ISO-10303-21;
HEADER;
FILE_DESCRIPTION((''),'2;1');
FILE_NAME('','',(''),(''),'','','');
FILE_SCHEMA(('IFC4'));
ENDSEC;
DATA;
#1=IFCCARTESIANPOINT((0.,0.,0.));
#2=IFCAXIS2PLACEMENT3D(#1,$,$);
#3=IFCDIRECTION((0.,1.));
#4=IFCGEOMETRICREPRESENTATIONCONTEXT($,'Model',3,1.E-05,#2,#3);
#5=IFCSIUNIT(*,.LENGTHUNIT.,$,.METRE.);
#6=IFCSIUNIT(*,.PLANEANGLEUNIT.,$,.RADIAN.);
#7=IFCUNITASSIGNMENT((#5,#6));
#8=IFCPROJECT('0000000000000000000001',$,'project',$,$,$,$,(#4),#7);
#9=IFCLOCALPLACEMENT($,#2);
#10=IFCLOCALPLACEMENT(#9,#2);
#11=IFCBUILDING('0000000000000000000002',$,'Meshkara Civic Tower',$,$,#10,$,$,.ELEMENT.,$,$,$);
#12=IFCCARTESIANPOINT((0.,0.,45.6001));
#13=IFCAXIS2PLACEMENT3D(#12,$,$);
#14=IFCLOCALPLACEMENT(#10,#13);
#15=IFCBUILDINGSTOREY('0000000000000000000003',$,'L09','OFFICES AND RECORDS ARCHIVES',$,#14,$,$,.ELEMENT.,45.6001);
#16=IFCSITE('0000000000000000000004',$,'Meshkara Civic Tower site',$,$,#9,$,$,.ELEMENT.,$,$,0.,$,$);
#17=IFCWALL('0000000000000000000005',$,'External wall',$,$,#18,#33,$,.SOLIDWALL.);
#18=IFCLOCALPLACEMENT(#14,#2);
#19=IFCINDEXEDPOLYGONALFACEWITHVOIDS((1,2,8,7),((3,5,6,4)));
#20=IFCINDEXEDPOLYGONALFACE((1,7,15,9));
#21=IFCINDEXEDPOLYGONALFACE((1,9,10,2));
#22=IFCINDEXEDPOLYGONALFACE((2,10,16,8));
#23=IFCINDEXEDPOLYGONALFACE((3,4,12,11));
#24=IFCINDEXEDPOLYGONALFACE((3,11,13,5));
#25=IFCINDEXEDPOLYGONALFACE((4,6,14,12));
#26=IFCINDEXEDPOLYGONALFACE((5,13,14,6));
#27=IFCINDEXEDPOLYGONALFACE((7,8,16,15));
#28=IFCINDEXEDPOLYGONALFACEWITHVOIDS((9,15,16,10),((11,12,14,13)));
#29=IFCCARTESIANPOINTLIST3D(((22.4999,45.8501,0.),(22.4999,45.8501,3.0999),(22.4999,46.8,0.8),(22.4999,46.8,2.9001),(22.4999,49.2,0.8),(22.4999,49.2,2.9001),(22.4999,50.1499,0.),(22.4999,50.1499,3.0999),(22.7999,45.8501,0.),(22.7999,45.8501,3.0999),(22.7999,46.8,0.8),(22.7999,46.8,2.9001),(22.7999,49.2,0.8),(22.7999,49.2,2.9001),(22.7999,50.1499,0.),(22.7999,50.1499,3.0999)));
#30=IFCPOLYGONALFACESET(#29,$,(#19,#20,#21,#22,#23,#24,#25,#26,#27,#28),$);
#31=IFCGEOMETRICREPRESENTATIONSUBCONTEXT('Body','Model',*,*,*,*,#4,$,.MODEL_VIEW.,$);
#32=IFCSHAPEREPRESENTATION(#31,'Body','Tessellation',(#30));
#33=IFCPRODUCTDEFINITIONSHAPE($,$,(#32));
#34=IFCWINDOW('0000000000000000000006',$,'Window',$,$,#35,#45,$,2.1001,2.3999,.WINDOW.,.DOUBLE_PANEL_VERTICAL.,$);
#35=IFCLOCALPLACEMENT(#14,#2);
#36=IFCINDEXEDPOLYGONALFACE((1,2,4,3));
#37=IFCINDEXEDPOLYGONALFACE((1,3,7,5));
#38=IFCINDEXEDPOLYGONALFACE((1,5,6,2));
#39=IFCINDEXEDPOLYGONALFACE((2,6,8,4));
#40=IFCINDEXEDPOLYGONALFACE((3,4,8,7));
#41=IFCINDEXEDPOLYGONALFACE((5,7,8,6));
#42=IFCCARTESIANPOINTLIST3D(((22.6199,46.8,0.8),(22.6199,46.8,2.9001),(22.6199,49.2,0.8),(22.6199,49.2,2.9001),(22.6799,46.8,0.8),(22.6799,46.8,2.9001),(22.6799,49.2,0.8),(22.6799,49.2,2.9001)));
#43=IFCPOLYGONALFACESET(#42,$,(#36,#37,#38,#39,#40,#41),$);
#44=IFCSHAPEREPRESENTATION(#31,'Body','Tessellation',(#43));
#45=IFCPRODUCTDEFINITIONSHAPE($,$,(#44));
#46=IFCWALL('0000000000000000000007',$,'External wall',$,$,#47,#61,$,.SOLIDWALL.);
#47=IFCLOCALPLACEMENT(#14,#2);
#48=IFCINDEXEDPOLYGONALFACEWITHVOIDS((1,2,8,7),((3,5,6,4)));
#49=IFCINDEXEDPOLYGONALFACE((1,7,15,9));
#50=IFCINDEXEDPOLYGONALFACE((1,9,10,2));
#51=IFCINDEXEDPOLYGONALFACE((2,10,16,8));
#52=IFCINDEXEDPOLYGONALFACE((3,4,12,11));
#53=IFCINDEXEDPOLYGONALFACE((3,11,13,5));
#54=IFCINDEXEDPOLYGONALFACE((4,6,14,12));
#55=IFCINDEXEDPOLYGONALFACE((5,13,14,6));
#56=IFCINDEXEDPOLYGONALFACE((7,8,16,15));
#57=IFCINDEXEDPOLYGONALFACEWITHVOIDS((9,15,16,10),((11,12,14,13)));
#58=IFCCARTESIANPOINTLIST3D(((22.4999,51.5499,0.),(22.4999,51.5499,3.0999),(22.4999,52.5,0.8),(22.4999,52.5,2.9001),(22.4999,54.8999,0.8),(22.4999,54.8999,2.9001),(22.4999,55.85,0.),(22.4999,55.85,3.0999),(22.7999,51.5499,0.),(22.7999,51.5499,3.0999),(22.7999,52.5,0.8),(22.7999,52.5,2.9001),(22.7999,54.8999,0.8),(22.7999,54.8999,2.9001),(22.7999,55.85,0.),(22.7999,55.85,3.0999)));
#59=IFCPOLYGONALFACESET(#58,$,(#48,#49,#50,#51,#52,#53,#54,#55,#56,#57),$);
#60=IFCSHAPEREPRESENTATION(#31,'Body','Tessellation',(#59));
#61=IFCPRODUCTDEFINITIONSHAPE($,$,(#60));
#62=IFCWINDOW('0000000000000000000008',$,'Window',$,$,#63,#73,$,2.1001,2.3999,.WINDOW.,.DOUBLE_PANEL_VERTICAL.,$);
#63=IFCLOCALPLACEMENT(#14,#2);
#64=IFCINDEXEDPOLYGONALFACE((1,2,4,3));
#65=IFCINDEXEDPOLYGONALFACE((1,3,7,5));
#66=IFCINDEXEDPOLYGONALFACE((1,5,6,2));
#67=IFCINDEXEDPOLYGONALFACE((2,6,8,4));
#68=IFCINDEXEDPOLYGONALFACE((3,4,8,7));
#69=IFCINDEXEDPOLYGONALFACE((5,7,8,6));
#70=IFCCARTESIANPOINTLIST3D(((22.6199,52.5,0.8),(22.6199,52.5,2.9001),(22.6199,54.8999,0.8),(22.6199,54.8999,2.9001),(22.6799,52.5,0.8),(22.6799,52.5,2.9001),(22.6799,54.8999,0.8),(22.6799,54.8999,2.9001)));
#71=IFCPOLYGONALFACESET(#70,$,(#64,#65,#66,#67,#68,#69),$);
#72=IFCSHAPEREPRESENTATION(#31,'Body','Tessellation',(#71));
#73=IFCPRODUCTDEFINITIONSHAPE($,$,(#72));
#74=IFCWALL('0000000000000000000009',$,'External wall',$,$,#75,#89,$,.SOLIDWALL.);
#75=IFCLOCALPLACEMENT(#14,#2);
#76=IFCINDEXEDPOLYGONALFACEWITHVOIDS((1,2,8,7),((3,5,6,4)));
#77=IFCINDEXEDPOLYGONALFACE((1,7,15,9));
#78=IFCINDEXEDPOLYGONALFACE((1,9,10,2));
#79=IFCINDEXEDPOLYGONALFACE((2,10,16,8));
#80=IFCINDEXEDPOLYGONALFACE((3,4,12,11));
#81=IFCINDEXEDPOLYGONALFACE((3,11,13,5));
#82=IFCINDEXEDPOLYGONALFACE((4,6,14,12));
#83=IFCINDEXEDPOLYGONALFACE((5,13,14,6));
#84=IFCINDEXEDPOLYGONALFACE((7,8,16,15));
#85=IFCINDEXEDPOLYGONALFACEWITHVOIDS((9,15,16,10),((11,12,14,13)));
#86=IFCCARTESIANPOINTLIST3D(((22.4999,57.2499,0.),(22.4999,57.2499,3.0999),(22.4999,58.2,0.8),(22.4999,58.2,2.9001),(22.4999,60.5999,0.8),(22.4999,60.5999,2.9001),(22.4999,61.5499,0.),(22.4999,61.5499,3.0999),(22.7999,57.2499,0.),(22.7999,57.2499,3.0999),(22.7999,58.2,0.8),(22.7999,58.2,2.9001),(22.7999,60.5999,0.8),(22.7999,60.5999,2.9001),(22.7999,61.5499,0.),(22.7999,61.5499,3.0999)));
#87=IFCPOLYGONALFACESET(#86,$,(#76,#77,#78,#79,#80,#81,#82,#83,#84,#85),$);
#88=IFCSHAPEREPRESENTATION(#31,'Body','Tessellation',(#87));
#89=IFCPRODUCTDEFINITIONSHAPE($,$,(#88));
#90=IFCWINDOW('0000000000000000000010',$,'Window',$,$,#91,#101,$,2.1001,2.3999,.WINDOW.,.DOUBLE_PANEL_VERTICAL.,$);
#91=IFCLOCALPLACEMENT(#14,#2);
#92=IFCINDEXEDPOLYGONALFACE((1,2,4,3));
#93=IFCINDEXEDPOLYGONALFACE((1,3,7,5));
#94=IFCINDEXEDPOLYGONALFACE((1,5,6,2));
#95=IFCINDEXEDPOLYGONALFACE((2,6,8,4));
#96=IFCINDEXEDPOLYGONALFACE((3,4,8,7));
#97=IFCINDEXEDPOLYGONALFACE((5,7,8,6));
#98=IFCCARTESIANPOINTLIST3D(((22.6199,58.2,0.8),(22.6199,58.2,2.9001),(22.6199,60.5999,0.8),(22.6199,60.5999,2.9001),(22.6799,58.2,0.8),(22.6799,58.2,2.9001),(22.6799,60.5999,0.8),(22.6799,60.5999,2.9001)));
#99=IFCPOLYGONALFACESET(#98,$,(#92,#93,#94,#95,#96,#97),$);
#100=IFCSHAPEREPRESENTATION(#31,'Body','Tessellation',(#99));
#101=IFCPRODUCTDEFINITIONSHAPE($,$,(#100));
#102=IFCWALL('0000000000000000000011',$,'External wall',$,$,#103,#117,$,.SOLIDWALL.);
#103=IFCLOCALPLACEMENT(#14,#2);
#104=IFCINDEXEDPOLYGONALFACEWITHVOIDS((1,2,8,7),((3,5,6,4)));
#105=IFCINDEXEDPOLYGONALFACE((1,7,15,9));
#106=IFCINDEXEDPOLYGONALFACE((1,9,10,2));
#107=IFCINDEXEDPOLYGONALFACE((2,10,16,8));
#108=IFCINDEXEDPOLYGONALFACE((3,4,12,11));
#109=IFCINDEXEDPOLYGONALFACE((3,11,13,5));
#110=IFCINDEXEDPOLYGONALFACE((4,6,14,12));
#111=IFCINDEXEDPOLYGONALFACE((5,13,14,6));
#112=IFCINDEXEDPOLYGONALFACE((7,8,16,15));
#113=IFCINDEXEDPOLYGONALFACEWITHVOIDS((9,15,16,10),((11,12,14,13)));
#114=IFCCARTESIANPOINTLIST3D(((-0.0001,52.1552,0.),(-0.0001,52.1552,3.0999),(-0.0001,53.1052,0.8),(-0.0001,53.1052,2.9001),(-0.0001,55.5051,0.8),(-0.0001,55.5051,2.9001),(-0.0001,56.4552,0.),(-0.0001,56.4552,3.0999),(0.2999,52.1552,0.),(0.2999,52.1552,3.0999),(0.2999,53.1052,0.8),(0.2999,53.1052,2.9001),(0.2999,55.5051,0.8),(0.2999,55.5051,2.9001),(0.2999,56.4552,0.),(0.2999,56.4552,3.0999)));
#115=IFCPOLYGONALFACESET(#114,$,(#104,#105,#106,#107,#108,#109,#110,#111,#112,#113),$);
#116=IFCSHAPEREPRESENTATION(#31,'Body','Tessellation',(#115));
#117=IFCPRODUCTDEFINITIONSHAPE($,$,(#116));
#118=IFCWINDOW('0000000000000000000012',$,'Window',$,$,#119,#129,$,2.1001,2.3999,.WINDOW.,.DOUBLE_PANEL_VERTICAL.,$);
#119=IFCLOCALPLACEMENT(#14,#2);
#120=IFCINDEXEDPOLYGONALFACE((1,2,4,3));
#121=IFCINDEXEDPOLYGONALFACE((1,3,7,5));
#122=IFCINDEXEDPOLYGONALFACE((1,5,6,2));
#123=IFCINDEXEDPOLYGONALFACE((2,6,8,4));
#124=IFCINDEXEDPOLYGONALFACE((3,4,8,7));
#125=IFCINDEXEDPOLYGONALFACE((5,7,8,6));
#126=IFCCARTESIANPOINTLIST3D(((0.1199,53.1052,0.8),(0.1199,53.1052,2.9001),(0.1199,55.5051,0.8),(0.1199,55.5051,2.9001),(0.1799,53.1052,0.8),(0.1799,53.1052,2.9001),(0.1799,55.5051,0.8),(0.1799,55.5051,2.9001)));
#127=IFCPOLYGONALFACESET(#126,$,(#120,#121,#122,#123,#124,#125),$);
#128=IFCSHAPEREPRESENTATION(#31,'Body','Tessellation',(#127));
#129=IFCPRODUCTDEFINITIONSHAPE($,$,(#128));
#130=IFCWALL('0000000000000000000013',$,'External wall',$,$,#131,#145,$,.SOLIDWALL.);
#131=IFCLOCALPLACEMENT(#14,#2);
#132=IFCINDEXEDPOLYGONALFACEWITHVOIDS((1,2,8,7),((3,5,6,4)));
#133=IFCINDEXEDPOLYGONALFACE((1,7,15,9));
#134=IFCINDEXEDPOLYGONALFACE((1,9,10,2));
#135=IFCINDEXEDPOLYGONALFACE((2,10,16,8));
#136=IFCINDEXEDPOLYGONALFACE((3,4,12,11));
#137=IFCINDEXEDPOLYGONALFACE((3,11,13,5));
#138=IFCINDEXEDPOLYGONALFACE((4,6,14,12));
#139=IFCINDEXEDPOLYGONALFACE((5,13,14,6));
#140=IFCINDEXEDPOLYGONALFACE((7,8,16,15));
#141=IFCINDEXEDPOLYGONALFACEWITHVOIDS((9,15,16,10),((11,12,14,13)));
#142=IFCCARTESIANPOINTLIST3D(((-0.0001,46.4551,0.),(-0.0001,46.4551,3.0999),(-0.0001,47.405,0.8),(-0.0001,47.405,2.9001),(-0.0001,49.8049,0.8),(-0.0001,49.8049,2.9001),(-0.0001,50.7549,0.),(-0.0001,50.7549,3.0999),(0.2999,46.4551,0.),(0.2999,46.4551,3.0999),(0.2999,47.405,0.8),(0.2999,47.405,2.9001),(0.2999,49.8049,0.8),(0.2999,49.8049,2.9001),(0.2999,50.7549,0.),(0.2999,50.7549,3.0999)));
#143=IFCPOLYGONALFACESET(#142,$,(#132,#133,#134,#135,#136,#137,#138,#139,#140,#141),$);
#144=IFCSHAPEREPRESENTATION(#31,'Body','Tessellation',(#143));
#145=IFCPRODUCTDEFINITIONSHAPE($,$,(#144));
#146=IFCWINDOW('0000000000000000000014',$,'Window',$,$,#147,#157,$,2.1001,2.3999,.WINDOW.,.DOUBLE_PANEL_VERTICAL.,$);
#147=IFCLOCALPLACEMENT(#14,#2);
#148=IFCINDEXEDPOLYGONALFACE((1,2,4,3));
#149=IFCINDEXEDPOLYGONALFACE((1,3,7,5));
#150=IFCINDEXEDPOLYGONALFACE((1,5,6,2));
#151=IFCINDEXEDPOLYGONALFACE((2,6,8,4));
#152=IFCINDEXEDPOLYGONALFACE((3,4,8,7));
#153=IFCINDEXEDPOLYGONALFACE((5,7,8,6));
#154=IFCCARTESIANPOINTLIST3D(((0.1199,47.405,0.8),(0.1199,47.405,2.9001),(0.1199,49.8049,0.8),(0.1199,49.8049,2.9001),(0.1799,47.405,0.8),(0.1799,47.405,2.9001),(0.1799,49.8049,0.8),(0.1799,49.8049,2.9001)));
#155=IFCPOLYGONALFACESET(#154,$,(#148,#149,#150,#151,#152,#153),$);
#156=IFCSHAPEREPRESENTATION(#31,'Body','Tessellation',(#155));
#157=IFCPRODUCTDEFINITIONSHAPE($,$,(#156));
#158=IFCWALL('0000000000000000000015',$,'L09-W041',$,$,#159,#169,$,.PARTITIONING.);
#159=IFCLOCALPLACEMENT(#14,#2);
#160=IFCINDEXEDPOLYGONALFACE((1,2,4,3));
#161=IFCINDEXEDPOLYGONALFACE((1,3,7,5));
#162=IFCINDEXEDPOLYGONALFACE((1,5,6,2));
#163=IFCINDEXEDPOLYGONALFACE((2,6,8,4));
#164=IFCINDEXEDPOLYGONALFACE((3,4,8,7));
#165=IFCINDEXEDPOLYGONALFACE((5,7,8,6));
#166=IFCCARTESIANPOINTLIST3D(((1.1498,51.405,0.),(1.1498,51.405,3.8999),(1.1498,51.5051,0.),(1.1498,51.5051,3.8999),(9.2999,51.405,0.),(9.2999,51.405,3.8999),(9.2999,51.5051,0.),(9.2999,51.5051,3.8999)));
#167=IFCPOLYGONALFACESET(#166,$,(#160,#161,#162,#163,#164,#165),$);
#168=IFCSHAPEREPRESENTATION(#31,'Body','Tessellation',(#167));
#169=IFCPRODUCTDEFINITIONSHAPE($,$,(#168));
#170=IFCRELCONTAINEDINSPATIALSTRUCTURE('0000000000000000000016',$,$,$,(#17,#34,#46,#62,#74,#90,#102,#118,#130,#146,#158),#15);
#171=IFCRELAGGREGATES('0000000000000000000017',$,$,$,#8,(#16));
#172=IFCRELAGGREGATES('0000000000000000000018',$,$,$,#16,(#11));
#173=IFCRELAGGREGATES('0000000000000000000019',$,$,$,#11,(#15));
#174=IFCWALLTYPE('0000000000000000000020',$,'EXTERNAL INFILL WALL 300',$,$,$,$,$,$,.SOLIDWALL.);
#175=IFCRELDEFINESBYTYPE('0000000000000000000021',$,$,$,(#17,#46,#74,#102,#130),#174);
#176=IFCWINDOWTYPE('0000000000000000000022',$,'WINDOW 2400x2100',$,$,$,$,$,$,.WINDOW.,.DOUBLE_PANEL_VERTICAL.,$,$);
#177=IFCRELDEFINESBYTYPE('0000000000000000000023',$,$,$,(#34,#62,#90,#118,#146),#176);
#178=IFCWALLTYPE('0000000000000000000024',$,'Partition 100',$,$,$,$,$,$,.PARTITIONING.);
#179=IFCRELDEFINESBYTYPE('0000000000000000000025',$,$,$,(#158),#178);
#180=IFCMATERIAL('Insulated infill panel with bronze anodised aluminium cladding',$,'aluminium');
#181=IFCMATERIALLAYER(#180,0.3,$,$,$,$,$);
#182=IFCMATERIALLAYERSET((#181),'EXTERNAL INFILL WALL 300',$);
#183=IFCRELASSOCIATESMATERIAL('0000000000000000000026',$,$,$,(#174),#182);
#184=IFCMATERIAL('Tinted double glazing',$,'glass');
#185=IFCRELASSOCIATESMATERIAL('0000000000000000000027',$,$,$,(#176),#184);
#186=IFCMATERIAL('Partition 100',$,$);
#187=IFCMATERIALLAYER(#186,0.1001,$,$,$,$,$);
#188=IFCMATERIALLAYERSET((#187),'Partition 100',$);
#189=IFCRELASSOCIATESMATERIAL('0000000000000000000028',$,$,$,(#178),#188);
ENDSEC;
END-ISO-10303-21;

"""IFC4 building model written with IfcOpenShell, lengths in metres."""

from ifc_helpers import new_model, si_unit, direction, frame, frame_2d, origin, place, context, subcontext, project, spatial, rectangle, extrude, material, layer, layer_set, type_object, element, fill, save


model = new_model("IFC4")

# Units and contexts
model_context = context("Model", 3, precision=1e-05, world=origin(), true_north=direction((0.0, 1.0)))
body_context = subcontext(model_context, "Body", "Model", "MODEL_VIEW")
ifc_project = project(units=[si_unit("LENGTHUNIT", "METRE"), si_unit("PLANEANGLEUNIT", "RADIAN")], contexts=[model_context])

# Site, building, storey
site_placement = place(None, origin())
site = spatial("IfcSite", under=ifc_project, at=site_placement, Name="Meshkara Civic Tower site", CompositionType="ELEMENT", RefElevation=0.0)
building_placement = place(site_placement, origin())
building = spatial("IfcBuilding", under=site, at=building_placement, Name="Meshkara Civic Tower", CompositionType="ELEMENT")
storey_placement = place(building_placement, frame((0.0, 0.0, 45.6001)))
storey = spatial("IfcBuildingStorey", under=building, at=storey_placement, Name="L09", Description="OFFICES AND RECORDS ARCHIVES", CompositionType="ELEMENT", Elevation=45.6001)

# Walls, openings, windows
ifc_material_1 = material(Name="Insulated infill panel with bronze anodised aluminium cladding", Category="aluminium")
ifc_layer_1 = layer(ifc_material_1, 0.3)
ifc_layer_set_1 = layer_set([ifc_layer_1], Name="EXTERNAL INFILL WALL 300")
wall_type_1 = type_object("IfcWallType", Name="EXTERNAL INFILL WALL 300", PredefinedType="SOLIDWALL", material=ifc_layer_set_1)
wall_1_placement = place(storey_placement, frame((22.6499, 45.8501, 0.0), z_axis=(0.0, 0.0, 1.0), x_axis=(0.0, 1.0, 0.0)))
wall_1 = element("IfcWall", 1, at=wall_1_placement, inside=storey, type_object=wall_type_1, Name="External wall", PredefinedType="SOLIDWALL", context=body_context, shape_type="SweptSolid", body=[
    extrude(rectangle(XDim=4.2998, YDim=0.3, at=frame_2d((2.1499, 0.0))), origin(), (0.0, 0.0, 1.0), 3.0999),
])
opening_1_placement = place(wall_1_placement, frame((0.95, 0.0, 0.8)))
opening_1 = element("IfcOpeningElement", 2, at=opening_1_placement, cuts=wall_1, PredefinedType="OPENING", context=body_context, shape_type="SweptSolid", body=[
    extrude(rectangle(XDim=2.3999, YDim=2.1001, at=frame_2d((1.2, 1.05))), frame((0.0, 0.1599, 0.0), z_axis=(0.0, -1.0, 0.0), x_axis=(1.0, 0.0, 0.0)), (0.0, 0.0, 1.0), 0.3201),
])
ifc_material_2 = material(Name="Tinted double glazing", Category="glass")
window_type = type_object("IfcWindowType", Name="WINDOW 2400x2100", PartitioningType="DOUBLE_PANEL_VERTICAL", PredefinedType="WINDOW", material=ifc_material_2)
window_1_placement = place(opening_1_placement, origin())
window_1 = element("IfcWindow", 3, at=window_1_placement, inside=storey, type_object=window_type, Name="Window", OverallHeight=2.1001, OverallWidth=2.3999, PartitioningType="DOUBLE_PANEL_VERTICAL", PredefinedType="WINDOW", context=body_context, shape_type="SweptSolid", body=[
    extrude(rectangle(XDim=2.3999, YDim=2.1001, at=frame_2d((1.2, 1.05))), frame((0.0, 0.03, 0.0), z_axis=(0.0, -1.0, 0.0), x_axis=(1.0, 0.0, 0.0)), (0.0, 0.0, 1.0), 0.0601),
])
fill(opening_1, window_1)
wall_2_placement = place(storey_placement, frame((22.6499, 51.55, 0.0), z_axis=(0.0, 0.0, 1.0), x_axis=(0.0, 1.0, 0.0)))
wall_2 = element("IfcWall", 4, at=wall_2_placement, inside=storey, type_object=wall_type_1, Name="External wall", PredefinedType="SOLIDWALL", context=body_context, shape_type="SweptSolid", body=[
    extrude(rectangle(XDim=4.3, YDim=0.3, at=frame_2d((2.1499, 0.0))), origin(), (0.0, 0.0, 1.0), 3.0999),
])
opening_2_placement = place(wall_2_placement, frame((0.95, 0.0, 0.8)))
opening_2 = element("IfcOpeningElement", 5, at=opening_2_placement, cuts=wall_2, PredefinedType="OPENING", context=body_context, shape_type="SweptSolid", body=[
    extrude(rectangle(XDim=2.3999, YDim=2.1001, at=frame_2d((1.2, 1.05))), frame((0.0, 0.1599, 0.0), z_axis=(0.0, -1.0, 0.0), x_axis=(1.0, 0.0, 0.0)), (0.0, 0.0, 1.0), 0.3201),
])
window_2_placement = place(opening_2_placement, origin())
window_2 = element("IfcWindow", 6, at=window_2_placement, inside=storey, type_object=window_type, Name="Window", OverallHeight=2.1001, OverallWidth=2.3999, PartitioningType="DOUBLE_PANEL_VERTICAL", PredefinedType="WINDOW", context=body_context, shape_type="SweptSolid", body=[
    extrude(rectangle(XDim=2.3999, YDim=2.1001, at=frame_2d((1.2, 1.05))), frame((0.0, 0.03, 0.0), z_axis=(0.0, -1.0, 0.0), x_axis=(1.0, 0.0, 0.0)), (0.0, 0.0, 1.0), 0.0601),
])
fill(opening_2, window_2)
wall_3_placement = place(storey_placement, frame((22.6499, 57.25, 0.0), z_axis=(0.0, 0.0, 1.0), x_axis=(0.0, 1.0, 0.0)))
wall_3 = element("IfcWall", 7, at=wall_3_placement, inside=storey, type_object=wall_type_1, Name="External wall", PredefinedType="SOLIDWALL", context=body_context, shape_type="SweptSolid", body=[
    extrude(rectangle(XDim=4.3, YDim=0.3, at=frame_2d((2.1499, 0.0))), origin(), (0.0, 0.0, 1.0), 3.0999),
])
opening_3_placement = place(wall_3_placement, frame((0.95, 0.0, 0.8)))
opening_3 = element("IfcOpeningElement", 8, at=opening_3_placement, cuts=wall_3, PredefinedType="OPENING", context=body_context, shape_type="SweptSolid", body=[
    extrude(rectangle(XDim=2.3999, YDim=2.1001, at=frame_2d((1.2, 1.05))), frame((0.0, 0.1599, 0.0), z_axis=(0.0, -1.0, 0.0), x_axis=(1.0, 0.0, 0.0)), (0.0, 0.0, 1.0), 0.3201),
])
window_3_placement = place(opening_3_placement, origin())
window_3 = element("IfcWindow", 9, at=window_3_placement, inside=storey, type_object=window_type, Name="Window", OverallHeight=2.1001, OverallWidth=2.3999, PartitioningType="DOUBLE_PANEL_VERTICAL", PredefinedType="WINDOW", context=body_context, shape_type="SweptSolid", body=[
    extrude(rectangle(XDim=2.3999, YDim=2.1001, at=frame_2d((1.2, 1.05))), frame((0.0, 0.03, 0.0), z_axis=(0.0, -1.0, 0.0), x_axis=(1.0, 0.0, 0.0)), (0.0, 0.0, 1.0), 0.0601),
])
fill(opening_3, window_3)
wall_4_placement = place(storey_placement, frame((0.1499, 56.4551, 0.0), z_axis=(0.0, 0.0, 1.0), x_axis=(0.0, -1.0, 0.0)))
wall_4 = element("IfcWall", 10, at=wall_4_placement, inside=storey, type_object=wall_type_1, Name="External wall", PredefinedType="SOLIDWALL", context=body_context, shape_type="SweptSolid", body=[
    extrude(rectangle(XDim=4.3, YDim=0.3, at=frame_2d((2.1499, 0.0))), origin(), (0.0, 0.0, 1.0), 3.0999),
])
opening_4_placement = place(wall_4_placement, frame((0.95, 0.0, 0.8)))
opening_4 = element("IfcOpeningElement", 11, at=opening_4_placement, cuts=wall_4, PredefinedType="OPENING", context=body_context, shape_type="SweptSolid", body=[
    extrude(rectangle(XDim=2.3999, YDim=2.1001, at=frame_2d((1.2, 1.05))), frame((0.0, 0.1599, 0.0), z_axis=(0.0, -1.0, 0.0), x_axis=(1.0, 0.0, 0.0)), (0.0, 0.0, 1.0), 0.3201),
])
window_4_placement = place(opening_4_placement, origin())
window_4 = element("IfcWindow", 12, at=window_4_placement, inside=storey, type_object=window_type, Name="Window", OverallHeight=2.1001, OverallWidth=2.3999, PartitioningType="DOUBLE_PANEL_VERTICAL", PredefinedType="WINDOW", context=body_context, shape_type="SweptSolid", body=[
    extrude(rectangle(XDim=2.3999, YDim=2.1001, at=frame_2d((1.2, 1.05))), frame((0.0, 0.03, 0.0), z_axis=(0.0, -1.0, 0.0), x_axis=(1.0, 0.0, 0.0)), (0.0, 0.0, 1.0), 0.0601),
])
fill(opening_4, window_4)
wall_5_placement = place(storey_placement, frame((0.1499, 50.7549, 0.0), z_axis=(0.0, 0.0, 1.0), x_axis=(0.0, -1.0, 0.0)))
wall_5 = element("IfcWall", 13, at=wall_5_placement, inside=storey, type_object=wall_type_1, Name="External wall", PredefinedType="SOLIDWALL", context=body_context, shape_type="SweptSolid", body=[
    extrude(rectangle(XDim=4.2998, YDim=0.3, at=frame_2d((2.1499, 0.0))), origin(), (0.0, 0.0, 1.0), 3.0999),
])
opening_5_placement = place(wall_5_placement, frame((0.95, 0.0, 0.8)))
opening_5 = element("IfcOpeningElement", 14, at=opening_5_placement, cuts=wall_5, PredefinedType="OPENING", context=body_context, shape_type="SweptSolid", body=[
    extrude(rectangle(XDim=2.3999, YDim=2.1001, at=frame_2d((1.2, 1.05))), frame((0.0, 0.1599, 0.0), z_axis=(0.0, -1.0, 0.0), x_axis=(1.0, 0.0, 0.0)), (0.0, 0.0, 1.0), 0.3201),
])
window_5_placement = place(opening_5_placement, origin())
window_5 = element("IfcWindow", 15, at=window_5_placement, inside=storey, type_object=window_type, Name="Window", OverallHeight=2.1001, OverallWidth=2.3999, PartitioningType="DOUBLE_PANEL_VERTICAL", PredefinedType="WINDOW", context=body_context, shape_type="SweptSolid", body=[
    extrude(rectangle(XDim=2.3999, YDim=2.1001, at=frame_2d((1.2, 1.05))), frame((0.0, 0.03, 0.0), z_axis=(0.0, -1.0, 0.0), x_axis=(1.0, 0.0, 0.0)), (0.0, 0.0, 1.0), 0.0601),
])
fill(opening_5, window_5)

# Wall
ifc_material_3 = material(Name="Partition 100")
ifc_layer_2 = layer(ifc_material_3, 0.1001)
ifc_layer_set_2 = layer_set([ifc_layer_2], Name="Partition 100")
wall_type_2 = type_object("IfcWallType", Name="Partition 100", PredefinedType="PARTITIONING", material=ifc_layer_set_2)
wall_6_placement = place(storey_placement, frame((9.3, 51.4551, 0.0), z_axis=(0.0, 0.0, 1.0), x_axis=(-1.0, 0.0, 0.0)))
element("IfcWall", 16, at=wall_6_placement, inside=storey, type_object=wall_type_2, Name="L09-W041", PredefinedType="PARTITIONING", context=body_context, shape_type="SweptSolid", body=[
    extrude(rectangle(XDim=8.1501, YDim=0.1001, at=frame_2d((4.0752, 0.0))), origin(), (0.0, 0.0, 1.0), 3.8999),
])

save(model, "model.ifc")
